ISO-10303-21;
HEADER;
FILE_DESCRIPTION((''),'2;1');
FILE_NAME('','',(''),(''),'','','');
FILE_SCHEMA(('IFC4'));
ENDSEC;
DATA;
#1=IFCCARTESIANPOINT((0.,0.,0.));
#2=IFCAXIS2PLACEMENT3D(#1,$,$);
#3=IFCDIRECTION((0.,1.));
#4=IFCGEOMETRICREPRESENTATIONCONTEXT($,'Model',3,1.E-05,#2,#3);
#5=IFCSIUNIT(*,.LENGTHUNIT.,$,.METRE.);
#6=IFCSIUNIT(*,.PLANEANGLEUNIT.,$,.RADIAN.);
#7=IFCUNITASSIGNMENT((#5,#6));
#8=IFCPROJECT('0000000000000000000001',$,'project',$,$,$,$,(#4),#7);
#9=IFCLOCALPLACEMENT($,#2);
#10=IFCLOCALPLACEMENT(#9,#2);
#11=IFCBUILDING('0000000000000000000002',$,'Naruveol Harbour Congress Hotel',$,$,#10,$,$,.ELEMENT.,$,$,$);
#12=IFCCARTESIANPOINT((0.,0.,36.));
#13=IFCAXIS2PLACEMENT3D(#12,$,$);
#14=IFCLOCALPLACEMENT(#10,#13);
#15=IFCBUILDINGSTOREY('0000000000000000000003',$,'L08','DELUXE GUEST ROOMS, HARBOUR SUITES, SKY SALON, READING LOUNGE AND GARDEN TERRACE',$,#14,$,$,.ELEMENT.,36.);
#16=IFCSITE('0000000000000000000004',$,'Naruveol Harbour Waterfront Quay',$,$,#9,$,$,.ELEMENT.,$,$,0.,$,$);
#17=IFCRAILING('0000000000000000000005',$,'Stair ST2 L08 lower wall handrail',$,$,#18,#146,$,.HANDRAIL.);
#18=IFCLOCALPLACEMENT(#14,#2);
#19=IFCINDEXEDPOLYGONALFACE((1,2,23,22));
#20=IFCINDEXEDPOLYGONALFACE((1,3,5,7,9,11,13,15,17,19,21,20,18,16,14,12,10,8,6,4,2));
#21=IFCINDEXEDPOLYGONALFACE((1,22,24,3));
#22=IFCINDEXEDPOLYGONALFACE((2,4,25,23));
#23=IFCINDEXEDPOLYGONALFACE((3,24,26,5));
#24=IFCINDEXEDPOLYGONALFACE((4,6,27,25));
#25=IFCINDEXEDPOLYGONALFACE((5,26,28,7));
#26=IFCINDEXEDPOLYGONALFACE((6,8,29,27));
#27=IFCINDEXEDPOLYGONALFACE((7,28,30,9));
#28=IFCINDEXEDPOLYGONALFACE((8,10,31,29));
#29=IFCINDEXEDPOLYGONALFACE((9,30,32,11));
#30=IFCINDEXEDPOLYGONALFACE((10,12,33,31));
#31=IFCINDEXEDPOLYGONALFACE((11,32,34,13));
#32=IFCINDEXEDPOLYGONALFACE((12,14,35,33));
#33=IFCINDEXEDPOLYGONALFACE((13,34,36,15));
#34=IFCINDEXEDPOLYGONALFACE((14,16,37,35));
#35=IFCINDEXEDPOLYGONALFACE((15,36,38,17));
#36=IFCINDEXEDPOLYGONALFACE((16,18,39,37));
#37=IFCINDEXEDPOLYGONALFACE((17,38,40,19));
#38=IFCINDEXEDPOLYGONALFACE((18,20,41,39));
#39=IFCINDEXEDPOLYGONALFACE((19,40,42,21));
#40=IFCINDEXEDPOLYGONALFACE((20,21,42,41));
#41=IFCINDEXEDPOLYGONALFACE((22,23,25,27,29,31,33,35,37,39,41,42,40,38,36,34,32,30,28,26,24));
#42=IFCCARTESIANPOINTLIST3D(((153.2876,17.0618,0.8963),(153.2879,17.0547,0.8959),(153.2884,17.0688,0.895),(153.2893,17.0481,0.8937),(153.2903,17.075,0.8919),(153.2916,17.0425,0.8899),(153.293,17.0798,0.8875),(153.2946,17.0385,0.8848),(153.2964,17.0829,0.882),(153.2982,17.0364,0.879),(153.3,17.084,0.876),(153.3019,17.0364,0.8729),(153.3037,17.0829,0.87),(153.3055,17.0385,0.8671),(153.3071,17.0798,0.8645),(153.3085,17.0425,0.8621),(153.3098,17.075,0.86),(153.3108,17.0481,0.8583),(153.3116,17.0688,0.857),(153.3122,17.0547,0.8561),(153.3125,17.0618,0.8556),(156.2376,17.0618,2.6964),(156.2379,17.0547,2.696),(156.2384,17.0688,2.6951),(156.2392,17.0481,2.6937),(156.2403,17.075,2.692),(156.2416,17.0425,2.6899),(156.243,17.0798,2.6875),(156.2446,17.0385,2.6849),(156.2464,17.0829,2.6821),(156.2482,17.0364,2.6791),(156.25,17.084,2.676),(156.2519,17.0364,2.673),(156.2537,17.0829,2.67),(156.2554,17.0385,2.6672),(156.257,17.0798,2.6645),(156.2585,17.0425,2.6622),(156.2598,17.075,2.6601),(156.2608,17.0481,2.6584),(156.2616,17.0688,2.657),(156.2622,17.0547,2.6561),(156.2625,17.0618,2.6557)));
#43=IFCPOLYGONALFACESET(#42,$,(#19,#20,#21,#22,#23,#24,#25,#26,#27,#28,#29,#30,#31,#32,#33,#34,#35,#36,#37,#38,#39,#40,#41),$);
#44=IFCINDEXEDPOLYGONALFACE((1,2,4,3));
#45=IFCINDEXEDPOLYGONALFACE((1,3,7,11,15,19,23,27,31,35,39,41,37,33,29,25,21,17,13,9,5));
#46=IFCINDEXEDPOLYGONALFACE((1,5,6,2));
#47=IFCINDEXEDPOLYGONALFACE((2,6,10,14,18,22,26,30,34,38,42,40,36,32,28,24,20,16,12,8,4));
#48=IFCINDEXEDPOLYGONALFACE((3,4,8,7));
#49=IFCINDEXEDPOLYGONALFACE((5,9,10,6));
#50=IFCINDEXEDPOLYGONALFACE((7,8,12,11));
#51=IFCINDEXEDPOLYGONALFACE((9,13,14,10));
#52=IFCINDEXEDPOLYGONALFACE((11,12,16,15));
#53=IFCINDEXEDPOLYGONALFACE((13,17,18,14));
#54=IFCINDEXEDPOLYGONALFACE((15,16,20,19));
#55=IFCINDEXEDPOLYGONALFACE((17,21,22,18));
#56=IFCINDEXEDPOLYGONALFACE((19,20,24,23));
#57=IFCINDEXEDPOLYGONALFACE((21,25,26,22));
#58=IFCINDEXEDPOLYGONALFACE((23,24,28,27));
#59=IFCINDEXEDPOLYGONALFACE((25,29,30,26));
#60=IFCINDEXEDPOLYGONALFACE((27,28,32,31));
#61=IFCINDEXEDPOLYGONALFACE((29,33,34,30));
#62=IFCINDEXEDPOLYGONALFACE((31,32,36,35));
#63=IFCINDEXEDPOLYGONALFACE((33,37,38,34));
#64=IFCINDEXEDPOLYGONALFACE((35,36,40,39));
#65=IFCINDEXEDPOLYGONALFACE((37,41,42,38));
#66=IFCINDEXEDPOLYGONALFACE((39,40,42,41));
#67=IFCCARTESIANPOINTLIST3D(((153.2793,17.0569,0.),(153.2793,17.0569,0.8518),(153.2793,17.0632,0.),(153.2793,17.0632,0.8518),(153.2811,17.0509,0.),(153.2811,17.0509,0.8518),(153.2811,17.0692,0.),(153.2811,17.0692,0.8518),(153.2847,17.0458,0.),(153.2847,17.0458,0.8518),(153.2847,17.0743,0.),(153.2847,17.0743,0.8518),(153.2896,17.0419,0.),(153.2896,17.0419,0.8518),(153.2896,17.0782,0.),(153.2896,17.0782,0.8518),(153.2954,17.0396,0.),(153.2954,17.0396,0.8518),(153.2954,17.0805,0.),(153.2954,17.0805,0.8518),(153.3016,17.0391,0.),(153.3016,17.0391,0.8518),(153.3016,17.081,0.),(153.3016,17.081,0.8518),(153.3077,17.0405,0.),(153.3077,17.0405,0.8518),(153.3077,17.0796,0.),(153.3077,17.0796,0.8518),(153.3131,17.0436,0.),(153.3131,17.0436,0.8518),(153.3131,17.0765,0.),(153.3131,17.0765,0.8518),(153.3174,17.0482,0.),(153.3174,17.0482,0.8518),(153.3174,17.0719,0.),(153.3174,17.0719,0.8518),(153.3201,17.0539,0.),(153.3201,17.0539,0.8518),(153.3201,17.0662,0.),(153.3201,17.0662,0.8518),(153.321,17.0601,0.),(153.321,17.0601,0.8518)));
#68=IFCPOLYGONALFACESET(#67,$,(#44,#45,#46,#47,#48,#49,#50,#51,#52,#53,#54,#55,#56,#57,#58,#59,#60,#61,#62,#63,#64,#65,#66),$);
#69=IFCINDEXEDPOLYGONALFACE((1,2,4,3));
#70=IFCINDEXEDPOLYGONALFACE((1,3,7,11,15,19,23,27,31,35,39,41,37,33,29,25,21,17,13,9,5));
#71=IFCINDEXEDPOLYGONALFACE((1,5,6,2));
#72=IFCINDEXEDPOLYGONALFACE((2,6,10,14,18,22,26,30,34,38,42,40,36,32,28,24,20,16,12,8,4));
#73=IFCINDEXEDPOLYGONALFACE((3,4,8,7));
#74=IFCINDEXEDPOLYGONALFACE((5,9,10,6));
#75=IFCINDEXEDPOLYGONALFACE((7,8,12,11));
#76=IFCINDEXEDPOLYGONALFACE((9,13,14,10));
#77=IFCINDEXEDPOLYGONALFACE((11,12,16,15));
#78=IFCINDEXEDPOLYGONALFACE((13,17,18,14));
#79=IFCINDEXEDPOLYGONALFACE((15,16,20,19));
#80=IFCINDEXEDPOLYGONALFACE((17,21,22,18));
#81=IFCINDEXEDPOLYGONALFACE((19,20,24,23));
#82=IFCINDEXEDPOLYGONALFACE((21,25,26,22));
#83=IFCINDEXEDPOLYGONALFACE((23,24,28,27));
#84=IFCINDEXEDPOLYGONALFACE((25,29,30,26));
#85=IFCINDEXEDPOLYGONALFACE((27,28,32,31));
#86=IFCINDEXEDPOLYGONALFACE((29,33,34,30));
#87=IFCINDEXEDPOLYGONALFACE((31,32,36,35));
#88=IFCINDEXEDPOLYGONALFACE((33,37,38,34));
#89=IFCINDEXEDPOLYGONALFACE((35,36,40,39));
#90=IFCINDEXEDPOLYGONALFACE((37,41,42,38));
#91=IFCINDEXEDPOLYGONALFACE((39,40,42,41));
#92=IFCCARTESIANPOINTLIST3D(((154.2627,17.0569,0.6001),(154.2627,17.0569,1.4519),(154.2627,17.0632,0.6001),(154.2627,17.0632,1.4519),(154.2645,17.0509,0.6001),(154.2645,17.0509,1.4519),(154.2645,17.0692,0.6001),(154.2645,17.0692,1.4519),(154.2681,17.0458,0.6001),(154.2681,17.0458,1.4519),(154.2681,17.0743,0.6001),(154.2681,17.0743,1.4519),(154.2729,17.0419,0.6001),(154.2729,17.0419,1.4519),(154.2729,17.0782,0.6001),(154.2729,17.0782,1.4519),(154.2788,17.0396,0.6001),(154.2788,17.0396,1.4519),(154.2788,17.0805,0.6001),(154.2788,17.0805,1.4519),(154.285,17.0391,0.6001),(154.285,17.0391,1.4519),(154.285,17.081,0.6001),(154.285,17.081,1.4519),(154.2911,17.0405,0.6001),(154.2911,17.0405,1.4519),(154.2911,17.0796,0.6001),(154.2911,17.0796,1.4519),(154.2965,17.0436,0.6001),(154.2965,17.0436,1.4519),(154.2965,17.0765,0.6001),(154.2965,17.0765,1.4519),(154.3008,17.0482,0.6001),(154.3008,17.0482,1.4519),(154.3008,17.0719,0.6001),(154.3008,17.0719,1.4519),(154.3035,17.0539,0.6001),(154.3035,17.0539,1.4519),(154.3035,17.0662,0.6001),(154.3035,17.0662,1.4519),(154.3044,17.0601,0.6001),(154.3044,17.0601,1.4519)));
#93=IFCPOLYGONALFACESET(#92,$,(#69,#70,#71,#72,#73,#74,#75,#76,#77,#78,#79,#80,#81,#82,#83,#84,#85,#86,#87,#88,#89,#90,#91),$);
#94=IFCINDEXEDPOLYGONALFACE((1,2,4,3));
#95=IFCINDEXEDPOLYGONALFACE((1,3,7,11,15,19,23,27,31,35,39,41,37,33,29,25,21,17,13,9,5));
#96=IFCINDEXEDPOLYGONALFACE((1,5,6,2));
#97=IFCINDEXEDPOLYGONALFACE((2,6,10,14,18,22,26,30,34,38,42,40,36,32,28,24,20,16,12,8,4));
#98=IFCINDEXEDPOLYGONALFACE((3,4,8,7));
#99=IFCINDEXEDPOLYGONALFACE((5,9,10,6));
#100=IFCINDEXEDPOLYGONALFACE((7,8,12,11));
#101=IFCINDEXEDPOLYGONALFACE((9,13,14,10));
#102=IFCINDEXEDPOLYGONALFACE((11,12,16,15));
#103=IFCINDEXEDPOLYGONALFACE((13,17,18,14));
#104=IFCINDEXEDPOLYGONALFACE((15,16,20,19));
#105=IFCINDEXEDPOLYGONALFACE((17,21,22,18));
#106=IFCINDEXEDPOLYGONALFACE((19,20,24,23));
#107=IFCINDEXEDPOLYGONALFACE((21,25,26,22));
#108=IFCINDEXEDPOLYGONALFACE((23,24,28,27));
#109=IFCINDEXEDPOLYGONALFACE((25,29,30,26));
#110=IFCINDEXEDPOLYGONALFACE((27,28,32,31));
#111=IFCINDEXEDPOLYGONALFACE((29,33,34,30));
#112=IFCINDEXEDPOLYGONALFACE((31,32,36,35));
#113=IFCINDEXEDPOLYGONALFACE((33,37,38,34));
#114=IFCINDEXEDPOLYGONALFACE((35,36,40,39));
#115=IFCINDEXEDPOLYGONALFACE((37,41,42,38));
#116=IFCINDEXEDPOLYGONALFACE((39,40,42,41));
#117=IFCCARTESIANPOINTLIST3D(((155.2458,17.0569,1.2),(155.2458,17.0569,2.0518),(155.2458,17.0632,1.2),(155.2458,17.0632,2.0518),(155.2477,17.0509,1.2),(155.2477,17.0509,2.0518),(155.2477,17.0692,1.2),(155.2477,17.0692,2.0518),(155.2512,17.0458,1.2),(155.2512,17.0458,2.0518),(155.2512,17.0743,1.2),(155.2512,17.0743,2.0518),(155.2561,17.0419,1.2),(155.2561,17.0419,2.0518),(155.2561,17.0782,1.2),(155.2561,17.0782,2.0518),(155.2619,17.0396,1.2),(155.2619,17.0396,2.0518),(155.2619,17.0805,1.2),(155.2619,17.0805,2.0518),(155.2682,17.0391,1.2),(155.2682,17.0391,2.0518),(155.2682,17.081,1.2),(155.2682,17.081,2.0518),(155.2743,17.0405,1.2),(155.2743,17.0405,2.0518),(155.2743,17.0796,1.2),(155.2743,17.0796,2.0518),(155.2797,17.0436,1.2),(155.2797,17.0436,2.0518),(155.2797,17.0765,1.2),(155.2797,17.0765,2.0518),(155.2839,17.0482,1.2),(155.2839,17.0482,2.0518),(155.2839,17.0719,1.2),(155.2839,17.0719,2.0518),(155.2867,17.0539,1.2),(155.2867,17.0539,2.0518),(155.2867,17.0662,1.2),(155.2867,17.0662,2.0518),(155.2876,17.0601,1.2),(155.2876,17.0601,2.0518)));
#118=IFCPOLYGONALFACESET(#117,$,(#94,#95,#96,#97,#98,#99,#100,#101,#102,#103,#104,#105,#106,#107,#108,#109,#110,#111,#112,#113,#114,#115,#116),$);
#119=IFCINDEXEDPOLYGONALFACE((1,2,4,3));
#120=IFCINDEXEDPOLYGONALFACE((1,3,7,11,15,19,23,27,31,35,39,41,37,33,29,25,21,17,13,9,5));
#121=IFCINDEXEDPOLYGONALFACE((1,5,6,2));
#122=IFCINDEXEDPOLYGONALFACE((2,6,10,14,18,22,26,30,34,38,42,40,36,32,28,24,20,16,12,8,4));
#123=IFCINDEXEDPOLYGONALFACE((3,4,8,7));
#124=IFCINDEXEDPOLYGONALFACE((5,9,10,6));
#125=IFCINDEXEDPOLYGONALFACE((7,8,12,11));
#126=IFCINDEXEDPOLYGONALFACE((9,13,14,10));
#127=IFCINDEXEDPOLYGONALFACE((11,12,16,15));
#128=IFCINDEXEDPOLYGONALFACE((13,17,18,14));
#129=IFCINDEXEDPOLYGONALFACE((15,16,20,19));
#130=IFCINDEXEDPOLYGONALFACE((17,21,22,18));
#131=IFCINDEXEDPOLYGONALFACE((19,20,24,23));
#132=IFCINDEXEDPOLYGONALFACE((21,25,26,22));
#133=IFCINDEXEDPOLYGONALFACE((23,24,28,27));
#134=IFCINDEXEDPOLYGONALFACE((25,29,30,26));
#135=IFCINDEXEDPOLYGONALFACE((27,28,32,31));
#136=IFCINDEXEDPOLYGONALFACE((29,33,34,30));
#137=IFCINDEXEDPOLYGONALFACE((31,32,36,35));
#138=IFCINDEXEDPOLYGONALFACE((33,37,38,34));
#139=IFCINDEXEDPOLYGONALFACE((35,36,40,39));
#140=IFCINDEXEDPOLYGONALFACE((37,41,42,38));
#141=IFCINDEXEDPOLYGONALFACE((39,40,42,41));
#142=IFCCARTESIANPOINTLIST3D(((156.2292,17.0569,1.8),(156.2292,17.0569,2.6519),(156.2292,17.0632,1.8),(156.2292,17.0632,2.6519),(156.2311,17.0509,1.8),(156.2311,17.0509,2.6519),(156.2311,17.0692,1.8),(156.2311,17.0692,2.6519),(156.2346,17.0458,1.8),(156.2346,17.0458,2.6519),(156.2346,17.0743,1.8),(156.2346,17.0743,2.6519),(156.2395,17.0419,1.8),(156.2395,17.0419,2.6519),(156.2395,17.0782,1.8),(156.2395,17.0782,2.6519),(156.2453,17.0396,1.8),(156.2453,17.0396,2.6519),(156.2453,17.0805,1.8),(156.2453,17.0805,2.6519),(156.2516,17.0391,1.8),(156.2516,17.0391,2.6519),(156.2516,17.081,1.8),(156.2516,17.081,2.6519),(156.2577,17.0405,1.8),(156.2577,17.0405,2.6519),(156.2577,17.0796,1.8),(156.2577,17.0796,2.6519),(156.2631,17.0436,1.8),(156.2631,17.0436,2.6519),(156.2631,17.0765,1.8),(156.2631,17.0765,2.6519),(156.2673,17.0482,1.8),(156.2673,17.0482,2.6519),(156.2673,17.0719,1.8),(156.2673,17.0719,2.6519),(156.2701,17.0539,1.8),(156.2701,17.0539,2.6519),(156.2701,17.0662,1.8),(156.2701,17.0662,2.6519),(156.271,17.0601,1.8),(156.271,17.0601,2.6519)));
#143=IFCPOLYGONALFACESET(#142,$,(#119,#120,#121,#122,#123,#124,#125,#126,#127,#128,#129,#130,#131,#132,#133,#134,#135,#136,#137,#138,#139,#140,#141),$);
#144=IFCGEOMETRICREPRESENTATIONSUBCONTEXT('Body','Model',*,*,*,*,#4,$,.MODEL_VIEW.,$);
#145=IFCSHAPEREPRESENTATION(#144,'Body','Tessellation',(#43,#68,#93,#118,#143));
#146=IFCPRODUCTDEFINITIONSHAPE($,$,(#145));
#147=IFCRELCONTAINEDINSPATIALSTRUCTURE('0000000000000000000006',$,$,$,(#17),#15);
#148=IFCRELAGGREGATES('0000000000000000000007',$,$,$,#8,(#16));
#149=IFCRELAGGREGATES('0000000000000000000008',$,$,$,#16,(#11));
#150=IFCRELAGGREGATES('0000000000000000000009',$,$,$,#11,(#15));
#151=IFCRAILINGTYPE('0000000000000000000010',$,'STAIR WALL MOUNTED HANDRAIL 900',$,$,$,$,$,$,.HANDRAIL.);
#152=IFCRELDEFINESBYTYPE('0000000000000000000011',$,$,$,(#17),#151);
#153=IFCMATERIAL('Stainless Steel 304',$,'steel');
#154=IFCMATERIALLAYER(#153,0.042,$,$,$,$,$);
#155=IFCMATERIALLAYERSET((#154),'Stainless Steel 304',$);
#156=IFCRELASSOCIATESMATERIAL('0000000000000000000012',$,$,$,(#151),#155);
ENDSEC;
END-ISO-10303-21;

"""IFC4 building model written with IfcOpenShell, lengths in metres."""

from ifc_helpers import new_model, si_unit, direction, frame, origin, origin_2d, place, context, subcontext, project, spatial, circle, extrude, material, layer, layer_set, type_object, element, save


model = new_model("IFC4")

# Units and contexts
model_context = context("Model", 3, precision=1e-05, world=origin(), true_north=direction((0.0, 1.0)))
body_context = subcontext(model_context, "Body", "Model", "MODEL_VIEW")
ifc_project = project(units=[si_unit("LENGTHUNIT", "METRE"), si_unit("PLANEANGLEUNIT", "RADIAN")], contexts=[model_context])

# Site, building, storey
site_placement = place(None, origin())
site = spatial("IfcSite", under=ifc_project, at=site_placement, Name="Naruveol Harbour Waterfront Quay", CompositionType="ELEMENT", RefElevation=0.0)
building_placement = place(site_placement, origin())
building = spatial("IfcBuilding", under=site, at=building_placement, Name="Naruveol Harbour Congress Hotel", CompositionType="ELEMENT")
storey_placement = place(building_placement, frame((0.0, 0.0, 36.0)))
storey = spatial("IfcBuildingStorey", under=building, at=storey_placement, Name="L08", Description="DELUXE GUEST ROOMS, HARBOUR SUITES, SKY SALON, READING LOUNGE AND GARDEN TERRACE", CompositionType="ELEMENT", Elevation=36.0)

# Railing
ifc_material_1 = material(Name="Stainless Steel 304", Category="steel")
ifc_layer_1 = layer(ifc_material_1, 0.042)
ifc_layer_set_1 = layer_set([ifc_layer_1], Name="Stainless Steel 304")
railing_type_1 = type_object("IfcRailingType", Name="STAIR WALL MOUNTED HANDRAIL 900", PredefinedType="HANDRAIL", material=ifc_layer_set_1)
railing_1_placement = place(storey_placement, frame((153.3, 17.0601, 0.0)))
element("IfcRailing", 1, at=railing_1_placement, inside=storey, type_object=railing_type_1, Name="Stair ST2 L08 lower wall handrail", PredefinedType="HANDRAIL", context=body_context, shape_type="SweptSolid", body=[
    extrude(circle(Radius=0.0239, at=origin_2d()), frame((0.0, 0.0, 0.876), z_axis=(0.853629, 0.0, 0.520881), x_axis=(0.0, 1.0, 0.0)), (0.0, 0.0, 1.0), 3.4558),
    extrude(circle(Radius=0.021, at=origin_2d()), origin(), (0.0, 0.0, 1.0), 0.8518),
    extrude(circle(Radius=0.021, at=origin_2d()), frame((0.9834, 0.0, 0.6001)), (0.0, 0.0, 1.0), 0.8518),
    extrude(circle(Radius=0.021, at=origin_2d()), frame((1.9666, 0.0, 1.2)), (0.0, 0.0, 1.0), 0.8518),
    extrude(circle(Radius=0.021, at=origin_2d()), frame((2.95, 0.0, 1.8)), (0.0, 0.0, 1.0), 0.8518),
])

save(model, "model.ifc")
